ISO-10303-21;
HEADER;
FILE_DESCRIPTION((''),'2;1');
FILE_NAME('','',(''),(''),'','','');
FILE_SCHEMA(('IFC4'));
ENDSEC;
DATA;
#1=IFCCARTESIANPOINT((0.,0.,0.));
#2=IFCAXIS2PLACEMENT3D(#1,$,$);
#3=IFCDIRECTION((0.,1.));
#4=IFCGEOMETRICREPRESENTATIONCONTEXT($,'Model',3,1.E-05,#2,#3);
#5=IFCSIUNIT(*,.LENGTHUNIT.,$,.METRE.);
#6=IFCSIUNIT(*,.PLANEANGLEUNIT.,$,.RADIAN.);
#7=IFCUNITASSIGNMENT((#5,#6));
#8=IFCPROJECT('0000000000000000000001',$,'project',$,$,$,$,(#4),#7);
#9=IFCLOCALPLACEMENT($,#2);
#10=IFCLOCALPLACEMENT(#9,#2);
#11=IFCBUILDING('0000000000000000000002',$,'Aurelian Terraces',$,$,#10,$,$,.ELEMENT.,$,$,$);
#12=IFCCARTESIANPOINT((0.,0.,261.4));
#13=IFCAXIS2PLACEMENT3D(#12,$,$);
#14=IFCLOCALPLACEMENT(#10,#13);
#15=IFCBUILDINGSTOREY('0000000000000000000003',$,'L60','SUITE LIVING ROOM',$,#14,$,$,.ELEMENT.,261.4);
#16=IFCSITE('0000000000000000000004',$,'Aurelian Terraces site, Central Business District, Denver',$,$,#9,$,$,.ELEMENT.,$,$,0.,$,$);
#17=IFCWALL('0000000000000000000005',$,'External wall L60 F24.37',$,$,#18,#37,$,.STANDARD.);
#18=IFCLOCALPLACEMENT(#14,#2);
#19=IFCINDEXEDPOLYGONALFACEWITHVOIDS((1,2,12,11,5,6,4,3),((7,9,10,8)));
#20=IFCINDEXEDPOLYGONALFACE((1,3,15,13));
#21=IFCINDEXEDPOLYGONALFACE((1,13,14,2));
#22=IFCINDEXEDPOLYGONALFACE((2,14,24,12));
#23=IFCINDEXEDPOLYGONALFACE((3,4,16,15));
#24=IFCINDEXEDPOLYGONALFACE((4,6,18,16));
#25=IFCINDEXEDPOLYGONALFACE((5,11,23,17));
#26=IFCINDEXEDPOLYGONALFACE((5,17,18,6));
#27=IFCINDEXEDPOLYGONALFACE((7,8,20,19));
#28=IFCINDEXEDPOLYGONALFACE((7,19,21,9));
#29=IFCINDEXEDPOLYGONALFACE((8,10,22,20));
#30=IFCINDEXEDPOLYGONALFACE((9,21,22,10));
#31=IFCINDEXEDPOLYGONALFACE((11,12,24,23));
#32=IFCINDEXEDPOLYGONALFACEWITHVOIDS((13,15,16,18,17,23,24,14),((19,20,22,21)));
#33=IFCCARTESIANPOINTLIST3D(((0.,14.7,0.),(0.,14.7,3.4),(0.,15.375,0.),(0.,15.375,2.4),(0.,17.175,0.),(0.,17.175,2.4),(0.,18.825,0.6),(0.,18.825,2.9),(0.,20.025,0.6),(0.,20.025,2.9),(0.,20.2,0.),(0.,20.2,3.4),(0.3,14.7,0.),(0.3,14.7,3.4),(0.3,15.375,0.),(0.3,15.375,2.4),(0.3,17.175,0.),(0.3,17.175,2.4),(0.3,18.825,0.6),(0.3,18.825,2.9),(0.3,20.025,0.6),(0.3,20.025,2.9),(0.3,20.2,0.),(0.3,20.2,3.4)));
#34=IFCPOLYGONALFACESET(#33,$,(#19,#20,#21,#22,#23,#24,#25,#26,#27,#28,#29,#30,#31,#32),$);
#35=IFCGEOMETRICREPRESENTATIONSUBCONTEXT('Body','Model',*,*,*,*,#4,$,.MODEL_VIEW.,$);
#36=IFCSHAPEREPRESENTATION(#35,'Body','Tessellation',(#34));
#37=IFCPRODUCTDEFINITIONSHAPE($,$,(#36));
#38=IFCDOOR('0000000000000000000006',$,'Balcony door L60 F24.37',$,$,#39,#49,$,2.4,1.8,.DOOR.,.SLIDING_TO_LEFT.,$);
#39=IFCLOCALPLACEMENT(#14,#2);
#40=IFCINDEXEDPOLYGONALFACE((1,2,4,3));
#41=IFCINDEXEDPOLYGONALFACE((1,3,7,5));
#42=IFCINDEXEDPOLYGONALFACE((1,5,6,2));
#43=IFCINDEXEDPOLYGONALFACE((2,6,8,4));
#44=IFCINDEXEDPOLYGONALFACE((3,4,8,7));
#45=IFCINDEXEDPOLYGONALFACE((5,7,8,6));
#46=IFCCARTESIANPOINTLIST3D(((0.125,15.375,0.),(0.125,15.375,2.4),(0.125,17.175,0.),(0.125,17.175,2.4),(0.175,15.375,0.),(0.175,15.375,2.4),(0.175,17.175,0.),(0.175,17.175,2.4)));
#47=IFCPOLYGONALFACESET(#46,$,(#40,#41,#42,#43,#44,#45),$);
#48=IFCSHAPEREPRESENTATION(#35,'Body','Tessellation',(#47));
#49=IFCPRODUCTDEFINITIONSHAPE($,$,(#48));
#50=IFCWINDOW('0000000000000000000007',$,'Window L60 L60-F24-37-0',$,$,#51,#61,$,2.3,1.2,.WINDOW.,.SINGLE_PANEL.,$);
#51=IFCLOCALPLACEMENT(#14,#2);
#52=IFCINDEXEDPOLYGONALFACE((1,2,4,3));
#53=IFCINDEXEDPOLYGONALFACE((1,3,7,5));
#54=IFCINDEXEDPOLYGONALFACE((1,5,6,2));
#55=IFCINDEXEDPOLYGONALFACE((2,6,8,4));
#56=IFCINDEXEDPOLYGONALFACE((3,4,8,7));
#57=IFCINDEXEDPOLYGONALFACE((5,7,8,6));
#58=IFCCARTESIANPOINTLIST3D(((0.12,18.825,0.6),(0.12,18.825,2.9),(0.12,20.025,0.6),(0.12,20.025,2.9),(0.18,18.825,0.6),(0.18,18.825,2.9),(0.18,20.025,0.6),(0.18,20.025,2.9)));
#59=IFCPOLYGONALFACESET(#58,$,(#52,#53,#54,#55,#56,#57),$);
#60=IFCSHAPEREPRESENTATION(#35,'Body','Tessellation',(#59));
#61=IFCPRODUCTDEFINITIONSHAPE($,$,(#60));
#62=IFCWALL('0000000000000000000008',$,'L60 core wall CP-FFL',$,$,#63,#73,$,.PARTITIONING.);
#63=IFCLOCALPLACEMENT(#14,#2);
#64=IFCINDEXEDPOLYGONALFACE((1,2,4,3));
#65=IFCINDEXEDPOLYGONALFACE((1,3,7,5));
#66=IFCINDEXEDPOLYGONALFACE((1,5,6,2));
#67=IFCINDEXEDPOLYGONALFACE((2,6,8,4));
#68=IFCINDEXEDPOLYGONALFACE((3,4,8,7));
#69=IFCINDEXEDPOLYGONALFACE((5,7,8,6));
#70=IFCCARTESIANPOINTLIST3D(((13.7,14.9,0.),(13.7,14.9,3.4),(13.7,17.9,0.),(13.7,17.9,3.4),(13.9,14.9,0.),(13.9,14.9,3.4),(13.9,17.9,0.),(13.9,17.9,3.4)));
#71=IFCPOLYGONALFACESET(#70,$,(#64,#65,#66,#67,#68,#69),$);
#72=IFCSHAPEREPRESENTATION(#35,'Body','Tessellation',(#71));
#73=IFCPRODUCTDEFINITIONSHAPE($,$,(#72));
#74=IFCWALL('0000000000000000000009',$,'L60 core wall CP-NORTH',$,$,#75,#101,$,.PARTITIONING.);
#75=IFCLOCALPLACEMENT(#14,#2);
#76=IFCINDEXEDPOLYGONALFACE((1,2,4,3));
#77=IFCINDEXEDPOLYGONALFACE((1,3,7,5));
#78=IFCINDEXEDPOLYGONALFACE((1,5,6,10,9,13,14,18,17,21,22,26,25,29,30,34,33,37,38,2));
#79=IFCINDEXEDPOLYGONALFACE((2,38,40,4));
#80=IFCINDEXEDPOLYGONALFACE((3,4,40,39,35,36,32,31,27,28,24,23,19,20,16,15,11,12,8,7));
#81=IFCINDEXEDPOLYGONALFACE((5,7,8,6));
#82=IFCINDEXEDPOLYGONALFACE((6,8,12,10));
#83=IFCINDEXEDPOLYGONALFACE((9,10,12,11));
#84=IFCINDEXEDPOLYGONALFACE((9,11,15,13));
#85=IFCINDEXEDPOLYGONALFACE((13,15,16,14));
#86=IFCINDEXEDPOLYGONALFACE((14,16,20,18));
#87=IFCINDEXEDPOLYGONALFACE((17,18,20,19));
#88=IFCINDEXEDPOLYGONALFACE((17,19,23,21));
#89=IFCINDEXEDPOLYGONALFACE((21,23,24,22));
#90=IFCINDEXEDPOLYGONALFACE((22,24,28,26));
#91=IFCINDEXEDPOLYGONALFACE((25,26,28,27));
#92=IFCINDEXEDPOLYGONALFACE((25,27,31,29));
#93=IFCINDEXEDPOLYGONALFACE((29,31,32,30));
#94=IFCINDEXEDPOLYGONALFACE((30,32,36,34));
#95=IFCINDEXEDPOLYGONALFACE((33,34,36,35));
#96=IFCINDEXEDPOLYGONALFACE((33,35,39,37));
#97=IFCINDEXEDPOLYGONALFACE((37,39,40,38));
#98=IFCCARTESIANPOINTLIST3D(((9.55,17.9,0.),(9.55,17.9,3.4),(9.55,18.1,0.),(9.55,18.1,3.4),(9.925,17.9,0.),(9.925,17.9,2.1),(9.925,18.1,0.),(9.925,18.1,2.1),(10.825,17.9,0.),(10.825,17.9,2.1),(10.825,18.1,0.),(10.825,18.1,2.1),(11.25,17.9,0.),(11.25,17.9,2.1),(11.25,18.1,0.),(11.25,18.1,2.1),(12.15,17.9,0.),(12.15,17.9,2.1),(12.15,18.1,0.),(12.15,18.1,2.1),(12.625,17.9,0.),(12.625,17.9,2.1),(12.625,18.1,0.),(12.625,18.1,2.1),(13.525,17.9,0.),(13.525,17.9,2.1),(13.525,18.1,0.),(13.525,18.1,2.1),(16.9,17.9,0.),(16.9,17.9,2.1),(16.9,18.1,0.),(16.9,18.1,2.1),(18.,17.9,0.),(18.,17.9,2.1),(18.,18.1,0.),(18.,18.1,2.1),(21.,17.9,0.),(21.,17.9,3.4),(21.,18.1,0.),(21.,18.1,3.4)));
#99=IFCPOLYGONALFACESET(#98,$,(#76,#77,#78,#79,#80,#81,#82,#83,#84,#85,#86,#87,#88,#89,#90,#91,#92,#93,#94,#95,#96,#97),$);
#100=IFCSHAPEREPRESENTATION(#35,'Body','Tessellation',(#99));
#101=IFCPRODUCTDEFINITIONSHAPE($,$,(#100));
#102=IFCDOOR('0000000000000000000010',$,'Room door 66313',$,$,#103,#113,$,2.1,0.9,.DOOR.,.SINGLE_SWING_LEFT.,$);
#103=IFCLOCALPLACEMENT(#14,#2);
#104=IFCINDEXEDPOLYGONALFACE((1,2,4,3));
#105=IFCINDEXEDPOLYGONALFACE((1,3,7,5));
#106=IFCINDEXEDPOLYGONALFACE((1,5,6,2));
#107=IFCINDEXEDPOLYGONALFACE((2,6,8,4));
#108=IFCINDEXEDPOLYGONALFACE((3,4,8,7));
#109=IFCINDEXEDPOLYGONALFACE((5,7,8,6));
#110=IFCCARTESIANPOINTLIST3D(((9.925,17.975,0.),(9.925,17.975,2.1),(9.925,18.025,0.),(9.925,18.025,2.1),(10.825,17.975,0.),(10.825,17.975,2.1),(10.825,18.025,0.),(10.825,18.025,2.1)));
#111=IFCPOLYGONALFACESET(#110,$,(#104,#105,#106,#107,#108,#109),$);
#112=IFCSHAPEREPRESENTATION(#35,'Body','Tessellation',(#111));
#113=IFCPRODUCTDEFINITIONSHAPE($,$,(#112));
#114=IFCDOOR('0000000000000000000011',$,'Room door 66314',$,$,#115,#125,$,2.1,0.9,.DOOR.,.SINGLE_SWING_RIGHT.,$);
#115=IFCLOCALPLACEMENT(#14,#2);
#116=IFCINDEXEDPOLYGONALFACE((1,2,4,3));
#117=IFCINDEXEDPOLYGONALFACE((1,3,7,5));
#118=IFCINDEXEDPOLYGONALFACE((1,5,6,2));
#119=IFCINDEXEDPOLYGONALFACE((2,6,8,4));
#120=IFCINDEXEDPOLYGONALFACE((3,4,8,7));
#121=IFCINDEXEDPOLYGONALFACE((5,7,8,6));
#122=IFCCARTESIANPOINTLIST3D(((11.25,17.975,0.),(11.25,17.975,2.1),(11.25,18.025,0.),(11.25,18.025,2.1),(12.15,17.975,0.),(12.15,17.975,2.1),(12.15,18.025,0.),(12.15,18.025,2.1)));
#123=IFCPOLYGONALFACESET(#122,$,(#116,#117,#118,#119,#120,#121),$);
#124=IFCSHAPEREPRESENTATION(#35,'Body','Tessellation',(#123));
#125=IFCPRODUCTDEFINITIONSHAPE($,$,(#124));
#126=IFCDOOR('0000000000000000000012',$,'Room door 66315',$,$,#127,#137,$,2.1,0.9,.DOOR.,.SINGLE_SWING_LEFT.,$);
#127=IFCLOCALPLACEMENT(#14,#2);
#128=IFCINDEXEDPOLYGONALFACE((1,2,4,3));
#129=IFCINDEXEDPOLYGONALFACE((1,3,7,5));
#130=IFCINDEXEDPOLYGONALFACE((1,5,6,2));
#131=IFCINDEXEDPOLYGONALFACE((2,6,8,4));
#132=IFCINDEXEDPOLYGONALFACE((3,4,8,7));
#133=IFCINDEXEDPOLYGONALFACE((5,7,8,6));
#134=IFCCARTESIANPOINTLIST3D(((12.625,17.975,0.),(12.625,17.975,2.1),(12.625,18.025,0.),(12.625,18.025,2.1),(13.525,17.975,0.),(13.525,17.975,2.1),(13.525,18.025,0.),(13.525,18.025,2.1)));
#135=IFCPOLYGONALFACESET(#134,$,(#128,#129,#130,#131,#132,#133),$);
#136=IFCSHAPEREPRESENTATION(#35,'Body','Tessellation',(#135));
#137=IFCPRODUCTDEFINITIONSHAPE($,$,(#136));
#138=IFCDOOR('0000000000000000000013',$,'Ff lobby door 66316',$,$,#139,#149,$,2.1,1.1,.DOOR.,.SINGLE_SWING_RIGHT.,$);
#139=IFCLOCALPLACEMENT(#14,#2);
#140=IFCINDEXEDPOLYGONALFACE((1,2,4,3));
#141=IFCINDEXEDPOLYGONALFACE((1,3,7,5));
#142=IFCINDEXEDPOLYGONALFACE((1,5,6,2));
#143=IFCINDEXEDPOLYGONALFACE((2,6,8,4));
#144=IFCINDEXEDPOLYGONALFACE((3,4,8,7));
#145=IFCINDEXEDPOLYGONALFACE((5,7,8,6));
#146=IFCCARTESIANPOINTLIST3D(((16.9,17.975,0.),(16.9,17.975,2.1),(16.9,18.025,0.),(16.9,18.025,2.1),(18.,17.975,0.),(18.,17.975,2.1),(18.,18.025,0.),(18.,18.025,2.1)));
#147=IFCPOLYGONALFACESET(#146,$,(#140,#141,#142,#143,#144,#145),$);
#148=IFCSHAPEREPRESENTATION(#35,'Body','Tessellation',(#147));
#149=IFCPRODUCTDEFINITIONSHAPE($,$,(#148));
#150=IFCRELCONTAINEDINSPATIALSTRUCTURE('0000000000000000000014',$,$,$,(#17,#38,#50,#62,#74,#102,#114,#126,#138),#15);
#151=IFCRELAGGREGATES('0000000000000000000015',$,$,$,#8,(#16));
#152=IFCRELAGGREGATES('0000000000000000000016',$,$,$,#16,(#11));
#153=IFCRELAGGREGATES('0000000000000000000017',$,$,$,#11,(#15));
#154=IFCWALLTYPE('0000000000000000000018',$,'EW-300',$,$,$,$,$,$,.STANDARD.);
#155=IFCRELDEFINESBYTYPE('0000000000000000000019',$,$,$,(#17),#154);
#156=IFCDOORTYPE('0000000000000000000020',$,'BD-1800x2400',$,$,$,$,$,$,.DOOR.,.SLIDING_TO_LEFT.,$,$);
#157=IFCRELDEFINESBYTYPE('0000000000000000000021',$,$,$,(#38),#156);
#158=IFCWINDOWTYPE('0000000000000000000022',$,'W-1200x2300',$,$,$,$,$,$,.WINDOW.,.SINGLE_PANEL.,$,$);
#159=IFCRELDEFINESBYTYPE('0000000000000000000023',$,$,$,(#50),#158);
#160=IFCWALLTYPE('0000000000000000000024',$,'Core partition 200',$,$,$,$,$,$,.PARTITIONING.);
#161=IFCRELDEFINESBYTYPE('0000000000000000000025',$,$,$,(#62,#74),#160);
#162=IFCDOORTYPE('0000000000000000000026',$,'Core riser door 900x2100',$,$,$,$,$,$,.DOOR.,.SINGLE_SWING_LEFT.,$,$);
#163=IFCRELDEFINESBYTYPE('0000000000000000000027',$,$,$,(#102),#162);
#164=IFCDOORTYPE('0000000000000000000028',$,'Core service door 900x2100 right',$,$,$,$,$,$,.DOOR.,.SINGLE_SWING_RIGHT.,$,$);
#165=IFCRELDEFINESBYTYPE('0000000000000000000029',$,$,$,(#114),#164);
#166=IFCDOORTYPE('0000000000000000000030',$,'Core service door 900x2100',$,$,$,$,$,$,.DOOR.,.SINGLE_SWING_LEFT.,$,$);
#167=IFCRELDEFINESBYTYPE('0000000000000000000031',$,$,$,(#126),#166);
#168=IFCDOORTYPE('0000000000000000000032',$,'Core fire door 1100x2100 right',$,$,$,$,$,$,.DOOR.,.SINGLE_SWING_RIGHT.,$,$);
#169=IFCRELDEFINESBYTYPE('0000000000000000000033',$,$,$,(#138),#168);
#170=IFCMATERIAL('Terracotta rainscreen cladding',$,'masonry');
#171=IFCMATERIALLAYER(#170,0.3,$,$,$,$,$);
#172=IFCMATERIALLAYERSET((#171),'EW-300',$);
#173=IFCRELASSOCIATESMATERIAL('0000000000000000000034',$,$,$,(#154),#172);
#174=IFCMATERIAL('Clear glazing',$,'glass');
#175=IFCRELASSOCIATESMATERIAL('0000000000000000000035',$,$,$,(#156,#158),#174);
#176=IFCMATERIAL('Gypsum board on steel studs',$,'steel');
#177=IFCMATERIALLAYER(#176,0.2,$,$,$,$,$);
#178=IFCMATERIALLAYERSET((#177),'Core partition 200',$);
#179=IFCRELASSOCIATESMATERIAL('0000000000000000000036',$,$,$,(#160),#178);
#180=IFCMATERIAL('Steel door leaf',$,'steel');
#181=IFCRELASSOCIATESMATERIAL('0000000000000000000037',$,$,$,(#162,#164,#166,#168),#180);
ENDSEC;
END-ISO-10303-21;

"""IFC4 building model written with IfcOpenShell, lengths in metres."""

from ifc_helpers import new_model, si_unit, direction, frame, frame_2d, origin, place, context, subcontext, project, spatial, rectangle, extrude, source, transform, mapped, material, layer, layer_set, type_object, element, fill, save


model = new_model("IFC4")

# Units and contexts
model_context = context("Model", 3, precision=1e-05, world=origin(), true_north=direction((0.0, 1.0)))
body_context = subcontext(model_context, "Body", "Model", "MODEL_VIEW")
ifc_project = project(units=[si_unit("LENGTHUNIT", "METRE"), si_unit("PLANEANGLEUNIT", "RADIAN")], contexts=[model_context])

# Site, building, storey
site_placement = place(None, origin())
site = spatial("IfcSite", under=ifc_project, at=site_placement, Name="Aurelian Terraces site, Central Business District, Denver", CompositionType="ELEMENT", RefElevation=0.0)
building_placement = place(site_placement, origin())
building = spatial("IfcBuilding", under=site, at=building_placement, Name="Aurelian Terraces", CompositionType="ELEMENT")
storey_placement = place(building_placement, frame((0.0, 0.0, 261.4)))
storey = spatial("IfcBuildingStorey", under=building, at=storey_placement, Name="L60", Description="SUITE LIVING ROOM", CompositionType="ELEMENT", Elevation=261.4)

# Wall, openings, door, window
ifc_material_1 = material(Name="Terracotta rainscreen cladding", Category="masonry")
ifc_layer_1 = layer(ifc_material_1, 0.3)
ifc_layer_set_1 = layer_set([ifc_layer_1], Name="EW-300")
wall_type_1 = type_object("IfcWallType", Name="EW-300", PredefinedType="STANDARD", material=ifc_layer_set_1)
shared_shape_1 = source(origin(), body_context, "Body", "SweptSolid", [
    extrude(rectangle(XDim=5.5, YDim=0.3, at=frame_2d((2.75, 0.0))), origin(), (0.0, 0.0, 1.0), 3.4),
])
wall_1_placement = place(storey_placement, frame((0.15, 20.2, 0.0), z_axis=(0.0, 0.0, 1.0), x_axis=(0.0, -1.0, 0.0)))
wall_1 = element("IfcWall", 1, at=wall_1_placement, inside=storey, type_object=wall_type_1, Name="External wall L60 F24.37", PredefinedType="STANDARD", context=body_context, shape_type="MappedRepresentation", body=[
    mapped(shared_shape_1, transform((0.0, 0.0, 0.0), scale=1.0)),
])
shared_shape_2 = source(origin(), body_context, "Body", "SweptSolid", [
    extrude(rectangle(XDim=1.8, YDim=2.4, at=frame_2d((0.9, 1.2))), frame((0.0, 0.16, 0.0), z_axis=(0.0, -1.0, 0.0), x_axis=(1.0, 0.0, 0.0)), (0.0, 0.0, 1.0), 0.32),
])
opening_1_placement = place(wall_1_placement, frame((3.025, 0.0, 0.0)))
opening_1 = element("IfcOpeningElement", 2, at=opening_1_placement, cuts=wall_1, PredefinedType="OPENING", context=body_context, shape_type="MappedRepresentation", body=[
    mapped(shared_shape_2, transform((0.0, 0.0, 0.0), scale=1.0)),
])
shared_shape_3 = source(origin(), body_context, "Body", "SweptSolid", [
    extrude(rectangle(XDim=1.2, YDim=2.3, at=frame_2d((0.6, 1.15))), frame((0.0, 0.16, 0.0), z_axis=(0.0, -1.0, 0.0), x_axis=(1.0, 0.0, 0.0)), (0.0, 0.0, 1.0), 0.32),
])
opening_2_placement = place(wall_1_placement, frame((0.175, 0.0, 0.6)))
opening_2 = element("IfcOpeningElement", 3, at=opening_2_placement, cuts=wall_1, PredefinedType="OPENING", context=body_context, shape_type="MappedRepresentation", body=[
    mapped(shared_shape_3, transform((0.0, 0.0, 0.0), scale=1.0)),
])
ifc_material_2 = material(Name="Clear glazing", Category="glass")
door_type_1 = type_object("IfcDoorType", Name="BD-1800x2400", OperationType="SLIDING_TO_LEFT", PredefinedType="DOOR", material=ifc_material_2)
shared_shape_4 = source(origin(), body_context, "Body", "SweptSolid", [
    extrude(rectangle(XDim=1.8, YDim=2.4, at=frame_2d((0.9, 1.2))), frame((0.0, 0.025, 0.0), z_axis=(0.0, -1.0, 0.0), x_axis=(1.0, 0.0, 0.0)), (0.0, 0.0, 1.0), 0.05),
])
door_1_placement = place(opening_1_placement, origin())
door_1 = element("IfcDoor", 4, at=door_1_placement, inside=storey, type_object=door_type_1, Name="Balcony door L60 F24.37", OperationType="SLIDING_TO_LEFT", OverallHeight=2.4, OverallWidth=1.8, PredefinedType="DOOR", context=body_context, shape_type="MappedRepresentation", body=[
    mapped(shared_shape_4, transform((0.0, 0.0, 0.0), scale=1.0)),
])
fill(opening_1, door_1)
window_type = type_object("IfcWindowType", Name="W-1200x2300", PartitioningType="SINGLE_PANEL", PredefinedType="WINDOW", material=ifc_material_2)
shared_shape_5 = source(origin(), body_context, "Body", "SweptSolid", [
    extrude(rectangle(XDim=1.2, YDim=2.3, at=frame_2d((0.6, 1.15))), frame((0.0, 0.03, 0.0), z_axis=(0.0, -1.0, 0.0), x_axis=(1.0, 0.0, 0.0)), (0.0, 0.0, 1.0), 0.06),
])
window_placement = place(opening_2_placement, origin())
window = element("IfcWindow", 5, at=window_placement, inside=storey, type_object=window_type, Name="Window L60 L60-F24-37-0", OverallHeight=2.3, OverallWidth=1.2, PartitioningType="SINGLE_PANEL", PredefinedType="WINDOW", context=body_context, shape_type="MappedRepresentation", body=[
    mapped(shared_shape_5, transform((0.0, 0.0, 0.0), scale=1.0)),
])
fill(opening_2, window)

# Wall
ifc_material_3 = material(Name="Gypsum board on steel studs", Category="steel")
ifc_layer_2 = layer(ifc_material_3, 0.2)
ifc_layer_set_2 = layer_set([ifc_layer_2], Name="Core partition 200")
wall_type_2 = type_object("IfcWallType", Name="Core partition 200", PredefinedType="PARTITIONING", material=ifc_layer_set_2)
shared_shape_6 = source(origin(), body_context, "Body", "SweptSolid", [
    extrude(rectangle(XDim=3.0, YDim=0.2, at=frame_2d((1.5, 0.0))), origin(), (0.0, 0.0, 1.0), 3.4),
])
wall_2_placement = place(storey_placement, frame((13.8, 14.9, 0.0), z_axis=(0.0, 0.0, 1.0), x_axis=(0.0, 1.0, 0.0)))
element("IfcWall", 6, at=wall_2_placement, inside=storey, type_object=wall_type_2, Name="L60 core wall CP-FFL", PredefinedType="PARTITIONING", context=body_context, shape_type="MappedRepresentation", body=[
    mapped(shared_shape_6, transform((0.0, 0.0, 0.0), scale=1.0)),
])

# Wall, openings, doors
shared_shape_7 = source(origin(), body_context, "Body", "SweptSolid", [
    extrude(rectangle(XDim=11.45, YDim=0.2, at=frame_2d((5.725, 0.0))), origin(), (0.0, 0.0, 1.0), 3.4),
])
wall_3_placement = place(storey_placement, frame((9.55, 18.0, 0.0), z_axis=(0.0, 0.0, 1.0), x_axis=(1.0, 0.0, 0.0)))
wall_3 = element("IfcWall", 7, at=wall_3_placement, inside=storey, type_object=wall_type_2, Name="L60 core wall CP-NORTH", PredefinedType="PARTITIONING", context=body_context, shape_type="MappedRepresentation", body=[
    mapped(shared_shape_7, transform((0.0, 0.0, 0.0), scale=1.0)),
])
shared_shape_8 = source(origin(), body_context, "Body", "SweptSolid", [
    extrude(rectangle(XDim=0.9, YDim=2.1, at=frame_2d((0.45, 1.05))), frame((0.0, 0.11, 0.0), z_axis=(0.0, -1.0, 0.0), x_axis=(1.0, 0.0, 0.0)), (0.0, 0.0, 1.0), 0.22),
])
opening_3_placement = place(wall_3_placement, frame((0.375, 0.0, 0.0)))
opening_3 = element("IfcOpeningElement", 8, at=opening_3_placement, cuts=wall_3, PredefinedType="OPENING", context=body_context, shape_type="MappedRepresentation", body=[
    mapped(shared_shape_8, transform((0.0, 0.0, 0.0), scale=1.0)),
])
opening_4_placement = place(wall_3_placement, frame((1.7, 0.0, 0.0)))
opening_4 = element("IfcOpeningElement", 9, at=opening_4_placement, cuts=wall_3, PredefinedType="OPENING", context=body_context, shape_type="MappedRepresentation", body=[
    mapped(shared_shape_8, transform((0.0, 0.0, 0.0), scale=1.0)),
])
opening_5_placement = place(wall_3_placement, frame((3.075, 0.0, 0.0)))
opening_5 = element("IfcOpeningElement", 10, at=opening_5_placement, cuts=wall_3, PredefinedType="OPENING", context=body_context, shape_type="MappedRepresentation", body=[
    mapped(shared_shape_8, transform((0.0, 0.0, 0.0), scale=1.0)),
])
shared_shape_9 = source(origin(), body_context, "Body", "SweptSolid", [
    extrude(rectangle(XDim=1.1, YDim=2.1, at=frame_2d((0.55, 1.05))), frame((0.0, 0.11, 0.0), z_axis=(0.0, -1.0, 0.0), x_axis=(1.0, 0.0, 0.0)), (0.0, 0.0, 1.0), 0.22),
])
opening_6_placement = place(wall_3_placement, frame((7.35, 0.0, 0.0)))
opening_6 = element("IfcOpeningElement", 11, at=opening_6_placement, cuts=wall_3, PredefinedType="OPENING", context=body_context, shape_type="MappedRepresentation", body=[
    mapped(shared_shape_9, transform((0.0, 0.0, 0.0), scale=1.0)),
])
ifc_material_4 = material(Name="Steel door leaf", Category="steel")
door_type_2 = type_object("IfcDoorType", Name="Core riser door 900x2100", OperationType="SINGLE_SWING_LEFT", PredefinedType="DOOR", material=ifc_material_4)
shared_shape_10 = source(origin(), body_context, "Body", "SweptSolid", [
    extrude(rectangle(XDim=0.9, YDim=2.1, at=frame_2d((0.45, 1.05))), frame((0.0, 0.025, 0.0), z_axis=(0.0, -1.0, 0.0), x_axis=(1.0, 0.0, 0.0)), (0.0, 0.0, 1.0), 0.05),
])
door_2_placement = place(opening_3_placement, origin())
door_2 = element("IfcDoor", 12, at=door_2_placement, inside=storey, type_object=door_type_2, Name="Room door 66313", OperationType="SINGLE_SWING_LEFT", OverallHeight=2.1, OverallWidth=0.9, PredefinedType="DOOR", context=body_context, shape_type="MappedRepresentation", body=[
    mapped(shared_shape_10, transform((0.0, 0.0, 0.0), scale=1.0)),
])
fill(opening_3, door_2)
door_type_3 = type_object("IfcDoorType", Name="Core service door 900x2100 right", OperationType="SINGLE_SWING_RIGHT", PredefinedType="DOOR", material=ifc_material_4)
door_3_placement = place(opening_4_placement, origin())
door_3 = element("IfcDoor", 13, at=door_3_placement, inside=storey, type_object=door_type_3, Name="Room door 66314", OperationType="SINGLE_SWING_RIGHT", OverallHeight=2.1, OverallWidth=0.9, PredefinedType="DOOR", context=body_context, shape_type="MappedRepresentation", body=[
    mapped(shared_shape_10, transform((0.0, 0.0, 0.0), scale=1.0)),
])
fill(opening_4, door_3)
door_type_4 = type_object("IfcDoorType", Name="Core service door 900x2100", OperationType="SINGLE_SWING_LEFT", PredefinedType="DOOR", material=ifc_material_4)
door_4_placement = place(opening_5_placement, origin())
door_4 = element("IfcDoor", 14, at=door_4_placement, inside=storey, type_object=door_type_4, Name="Room door 66315", OperationType="SINGLE_SWING_LEFT", OverallHeight=2.1, OverallWidth=0.9, PredefinedType="DOOR", context=body_context, shape_type="MappedRepresentation", body=[
    mapped(shared_shape_10, transform((0.0, 0.0, 0.0), scale=1.0)),
])
fill(opening_5, door_4)
door_type_5 = type_object("IfcDoorType", Name="Core fire door 1100x2100 right", OperationType="SINGLE_SWING_RIGHT", PredefinedType="DOOR", material=ifc_material_4)
shared_shape_11 = source(origin(), body_context, "Body", "SweptSolid", [
    extrude(rectangle(XDim=1.1, YDim=2.1, at=frame_2d((0.55, 1.05))), frame((0.0, 0.025, 0.0), z_axis=(0.0, -1.0, 0.0), x_axis=(1.0, 0.0, 0.0)), (0.0, 0.0, 1.0), 0.05),
])
door_5_placement = place(opening_6_placement, origin())
door_5 = element("IfcDoor", 15, at=door_5_placement, inside=storey, type_object=door_type_5, Name="Ff lobby door 66316", OperationType="SINGLE_SWING_RIGHT", OverallHeight=2.1, OverallWidth=1.1, PredefinedType="DOOR", context=body_context, shape_type="MappedRepresentation", body=[
    mapped(shared_shape_11, transform((0.0, 0.0, 0.0), scale=1.0)),
])
fill(opening_6, door_5)

save(model, "model.ifc")
